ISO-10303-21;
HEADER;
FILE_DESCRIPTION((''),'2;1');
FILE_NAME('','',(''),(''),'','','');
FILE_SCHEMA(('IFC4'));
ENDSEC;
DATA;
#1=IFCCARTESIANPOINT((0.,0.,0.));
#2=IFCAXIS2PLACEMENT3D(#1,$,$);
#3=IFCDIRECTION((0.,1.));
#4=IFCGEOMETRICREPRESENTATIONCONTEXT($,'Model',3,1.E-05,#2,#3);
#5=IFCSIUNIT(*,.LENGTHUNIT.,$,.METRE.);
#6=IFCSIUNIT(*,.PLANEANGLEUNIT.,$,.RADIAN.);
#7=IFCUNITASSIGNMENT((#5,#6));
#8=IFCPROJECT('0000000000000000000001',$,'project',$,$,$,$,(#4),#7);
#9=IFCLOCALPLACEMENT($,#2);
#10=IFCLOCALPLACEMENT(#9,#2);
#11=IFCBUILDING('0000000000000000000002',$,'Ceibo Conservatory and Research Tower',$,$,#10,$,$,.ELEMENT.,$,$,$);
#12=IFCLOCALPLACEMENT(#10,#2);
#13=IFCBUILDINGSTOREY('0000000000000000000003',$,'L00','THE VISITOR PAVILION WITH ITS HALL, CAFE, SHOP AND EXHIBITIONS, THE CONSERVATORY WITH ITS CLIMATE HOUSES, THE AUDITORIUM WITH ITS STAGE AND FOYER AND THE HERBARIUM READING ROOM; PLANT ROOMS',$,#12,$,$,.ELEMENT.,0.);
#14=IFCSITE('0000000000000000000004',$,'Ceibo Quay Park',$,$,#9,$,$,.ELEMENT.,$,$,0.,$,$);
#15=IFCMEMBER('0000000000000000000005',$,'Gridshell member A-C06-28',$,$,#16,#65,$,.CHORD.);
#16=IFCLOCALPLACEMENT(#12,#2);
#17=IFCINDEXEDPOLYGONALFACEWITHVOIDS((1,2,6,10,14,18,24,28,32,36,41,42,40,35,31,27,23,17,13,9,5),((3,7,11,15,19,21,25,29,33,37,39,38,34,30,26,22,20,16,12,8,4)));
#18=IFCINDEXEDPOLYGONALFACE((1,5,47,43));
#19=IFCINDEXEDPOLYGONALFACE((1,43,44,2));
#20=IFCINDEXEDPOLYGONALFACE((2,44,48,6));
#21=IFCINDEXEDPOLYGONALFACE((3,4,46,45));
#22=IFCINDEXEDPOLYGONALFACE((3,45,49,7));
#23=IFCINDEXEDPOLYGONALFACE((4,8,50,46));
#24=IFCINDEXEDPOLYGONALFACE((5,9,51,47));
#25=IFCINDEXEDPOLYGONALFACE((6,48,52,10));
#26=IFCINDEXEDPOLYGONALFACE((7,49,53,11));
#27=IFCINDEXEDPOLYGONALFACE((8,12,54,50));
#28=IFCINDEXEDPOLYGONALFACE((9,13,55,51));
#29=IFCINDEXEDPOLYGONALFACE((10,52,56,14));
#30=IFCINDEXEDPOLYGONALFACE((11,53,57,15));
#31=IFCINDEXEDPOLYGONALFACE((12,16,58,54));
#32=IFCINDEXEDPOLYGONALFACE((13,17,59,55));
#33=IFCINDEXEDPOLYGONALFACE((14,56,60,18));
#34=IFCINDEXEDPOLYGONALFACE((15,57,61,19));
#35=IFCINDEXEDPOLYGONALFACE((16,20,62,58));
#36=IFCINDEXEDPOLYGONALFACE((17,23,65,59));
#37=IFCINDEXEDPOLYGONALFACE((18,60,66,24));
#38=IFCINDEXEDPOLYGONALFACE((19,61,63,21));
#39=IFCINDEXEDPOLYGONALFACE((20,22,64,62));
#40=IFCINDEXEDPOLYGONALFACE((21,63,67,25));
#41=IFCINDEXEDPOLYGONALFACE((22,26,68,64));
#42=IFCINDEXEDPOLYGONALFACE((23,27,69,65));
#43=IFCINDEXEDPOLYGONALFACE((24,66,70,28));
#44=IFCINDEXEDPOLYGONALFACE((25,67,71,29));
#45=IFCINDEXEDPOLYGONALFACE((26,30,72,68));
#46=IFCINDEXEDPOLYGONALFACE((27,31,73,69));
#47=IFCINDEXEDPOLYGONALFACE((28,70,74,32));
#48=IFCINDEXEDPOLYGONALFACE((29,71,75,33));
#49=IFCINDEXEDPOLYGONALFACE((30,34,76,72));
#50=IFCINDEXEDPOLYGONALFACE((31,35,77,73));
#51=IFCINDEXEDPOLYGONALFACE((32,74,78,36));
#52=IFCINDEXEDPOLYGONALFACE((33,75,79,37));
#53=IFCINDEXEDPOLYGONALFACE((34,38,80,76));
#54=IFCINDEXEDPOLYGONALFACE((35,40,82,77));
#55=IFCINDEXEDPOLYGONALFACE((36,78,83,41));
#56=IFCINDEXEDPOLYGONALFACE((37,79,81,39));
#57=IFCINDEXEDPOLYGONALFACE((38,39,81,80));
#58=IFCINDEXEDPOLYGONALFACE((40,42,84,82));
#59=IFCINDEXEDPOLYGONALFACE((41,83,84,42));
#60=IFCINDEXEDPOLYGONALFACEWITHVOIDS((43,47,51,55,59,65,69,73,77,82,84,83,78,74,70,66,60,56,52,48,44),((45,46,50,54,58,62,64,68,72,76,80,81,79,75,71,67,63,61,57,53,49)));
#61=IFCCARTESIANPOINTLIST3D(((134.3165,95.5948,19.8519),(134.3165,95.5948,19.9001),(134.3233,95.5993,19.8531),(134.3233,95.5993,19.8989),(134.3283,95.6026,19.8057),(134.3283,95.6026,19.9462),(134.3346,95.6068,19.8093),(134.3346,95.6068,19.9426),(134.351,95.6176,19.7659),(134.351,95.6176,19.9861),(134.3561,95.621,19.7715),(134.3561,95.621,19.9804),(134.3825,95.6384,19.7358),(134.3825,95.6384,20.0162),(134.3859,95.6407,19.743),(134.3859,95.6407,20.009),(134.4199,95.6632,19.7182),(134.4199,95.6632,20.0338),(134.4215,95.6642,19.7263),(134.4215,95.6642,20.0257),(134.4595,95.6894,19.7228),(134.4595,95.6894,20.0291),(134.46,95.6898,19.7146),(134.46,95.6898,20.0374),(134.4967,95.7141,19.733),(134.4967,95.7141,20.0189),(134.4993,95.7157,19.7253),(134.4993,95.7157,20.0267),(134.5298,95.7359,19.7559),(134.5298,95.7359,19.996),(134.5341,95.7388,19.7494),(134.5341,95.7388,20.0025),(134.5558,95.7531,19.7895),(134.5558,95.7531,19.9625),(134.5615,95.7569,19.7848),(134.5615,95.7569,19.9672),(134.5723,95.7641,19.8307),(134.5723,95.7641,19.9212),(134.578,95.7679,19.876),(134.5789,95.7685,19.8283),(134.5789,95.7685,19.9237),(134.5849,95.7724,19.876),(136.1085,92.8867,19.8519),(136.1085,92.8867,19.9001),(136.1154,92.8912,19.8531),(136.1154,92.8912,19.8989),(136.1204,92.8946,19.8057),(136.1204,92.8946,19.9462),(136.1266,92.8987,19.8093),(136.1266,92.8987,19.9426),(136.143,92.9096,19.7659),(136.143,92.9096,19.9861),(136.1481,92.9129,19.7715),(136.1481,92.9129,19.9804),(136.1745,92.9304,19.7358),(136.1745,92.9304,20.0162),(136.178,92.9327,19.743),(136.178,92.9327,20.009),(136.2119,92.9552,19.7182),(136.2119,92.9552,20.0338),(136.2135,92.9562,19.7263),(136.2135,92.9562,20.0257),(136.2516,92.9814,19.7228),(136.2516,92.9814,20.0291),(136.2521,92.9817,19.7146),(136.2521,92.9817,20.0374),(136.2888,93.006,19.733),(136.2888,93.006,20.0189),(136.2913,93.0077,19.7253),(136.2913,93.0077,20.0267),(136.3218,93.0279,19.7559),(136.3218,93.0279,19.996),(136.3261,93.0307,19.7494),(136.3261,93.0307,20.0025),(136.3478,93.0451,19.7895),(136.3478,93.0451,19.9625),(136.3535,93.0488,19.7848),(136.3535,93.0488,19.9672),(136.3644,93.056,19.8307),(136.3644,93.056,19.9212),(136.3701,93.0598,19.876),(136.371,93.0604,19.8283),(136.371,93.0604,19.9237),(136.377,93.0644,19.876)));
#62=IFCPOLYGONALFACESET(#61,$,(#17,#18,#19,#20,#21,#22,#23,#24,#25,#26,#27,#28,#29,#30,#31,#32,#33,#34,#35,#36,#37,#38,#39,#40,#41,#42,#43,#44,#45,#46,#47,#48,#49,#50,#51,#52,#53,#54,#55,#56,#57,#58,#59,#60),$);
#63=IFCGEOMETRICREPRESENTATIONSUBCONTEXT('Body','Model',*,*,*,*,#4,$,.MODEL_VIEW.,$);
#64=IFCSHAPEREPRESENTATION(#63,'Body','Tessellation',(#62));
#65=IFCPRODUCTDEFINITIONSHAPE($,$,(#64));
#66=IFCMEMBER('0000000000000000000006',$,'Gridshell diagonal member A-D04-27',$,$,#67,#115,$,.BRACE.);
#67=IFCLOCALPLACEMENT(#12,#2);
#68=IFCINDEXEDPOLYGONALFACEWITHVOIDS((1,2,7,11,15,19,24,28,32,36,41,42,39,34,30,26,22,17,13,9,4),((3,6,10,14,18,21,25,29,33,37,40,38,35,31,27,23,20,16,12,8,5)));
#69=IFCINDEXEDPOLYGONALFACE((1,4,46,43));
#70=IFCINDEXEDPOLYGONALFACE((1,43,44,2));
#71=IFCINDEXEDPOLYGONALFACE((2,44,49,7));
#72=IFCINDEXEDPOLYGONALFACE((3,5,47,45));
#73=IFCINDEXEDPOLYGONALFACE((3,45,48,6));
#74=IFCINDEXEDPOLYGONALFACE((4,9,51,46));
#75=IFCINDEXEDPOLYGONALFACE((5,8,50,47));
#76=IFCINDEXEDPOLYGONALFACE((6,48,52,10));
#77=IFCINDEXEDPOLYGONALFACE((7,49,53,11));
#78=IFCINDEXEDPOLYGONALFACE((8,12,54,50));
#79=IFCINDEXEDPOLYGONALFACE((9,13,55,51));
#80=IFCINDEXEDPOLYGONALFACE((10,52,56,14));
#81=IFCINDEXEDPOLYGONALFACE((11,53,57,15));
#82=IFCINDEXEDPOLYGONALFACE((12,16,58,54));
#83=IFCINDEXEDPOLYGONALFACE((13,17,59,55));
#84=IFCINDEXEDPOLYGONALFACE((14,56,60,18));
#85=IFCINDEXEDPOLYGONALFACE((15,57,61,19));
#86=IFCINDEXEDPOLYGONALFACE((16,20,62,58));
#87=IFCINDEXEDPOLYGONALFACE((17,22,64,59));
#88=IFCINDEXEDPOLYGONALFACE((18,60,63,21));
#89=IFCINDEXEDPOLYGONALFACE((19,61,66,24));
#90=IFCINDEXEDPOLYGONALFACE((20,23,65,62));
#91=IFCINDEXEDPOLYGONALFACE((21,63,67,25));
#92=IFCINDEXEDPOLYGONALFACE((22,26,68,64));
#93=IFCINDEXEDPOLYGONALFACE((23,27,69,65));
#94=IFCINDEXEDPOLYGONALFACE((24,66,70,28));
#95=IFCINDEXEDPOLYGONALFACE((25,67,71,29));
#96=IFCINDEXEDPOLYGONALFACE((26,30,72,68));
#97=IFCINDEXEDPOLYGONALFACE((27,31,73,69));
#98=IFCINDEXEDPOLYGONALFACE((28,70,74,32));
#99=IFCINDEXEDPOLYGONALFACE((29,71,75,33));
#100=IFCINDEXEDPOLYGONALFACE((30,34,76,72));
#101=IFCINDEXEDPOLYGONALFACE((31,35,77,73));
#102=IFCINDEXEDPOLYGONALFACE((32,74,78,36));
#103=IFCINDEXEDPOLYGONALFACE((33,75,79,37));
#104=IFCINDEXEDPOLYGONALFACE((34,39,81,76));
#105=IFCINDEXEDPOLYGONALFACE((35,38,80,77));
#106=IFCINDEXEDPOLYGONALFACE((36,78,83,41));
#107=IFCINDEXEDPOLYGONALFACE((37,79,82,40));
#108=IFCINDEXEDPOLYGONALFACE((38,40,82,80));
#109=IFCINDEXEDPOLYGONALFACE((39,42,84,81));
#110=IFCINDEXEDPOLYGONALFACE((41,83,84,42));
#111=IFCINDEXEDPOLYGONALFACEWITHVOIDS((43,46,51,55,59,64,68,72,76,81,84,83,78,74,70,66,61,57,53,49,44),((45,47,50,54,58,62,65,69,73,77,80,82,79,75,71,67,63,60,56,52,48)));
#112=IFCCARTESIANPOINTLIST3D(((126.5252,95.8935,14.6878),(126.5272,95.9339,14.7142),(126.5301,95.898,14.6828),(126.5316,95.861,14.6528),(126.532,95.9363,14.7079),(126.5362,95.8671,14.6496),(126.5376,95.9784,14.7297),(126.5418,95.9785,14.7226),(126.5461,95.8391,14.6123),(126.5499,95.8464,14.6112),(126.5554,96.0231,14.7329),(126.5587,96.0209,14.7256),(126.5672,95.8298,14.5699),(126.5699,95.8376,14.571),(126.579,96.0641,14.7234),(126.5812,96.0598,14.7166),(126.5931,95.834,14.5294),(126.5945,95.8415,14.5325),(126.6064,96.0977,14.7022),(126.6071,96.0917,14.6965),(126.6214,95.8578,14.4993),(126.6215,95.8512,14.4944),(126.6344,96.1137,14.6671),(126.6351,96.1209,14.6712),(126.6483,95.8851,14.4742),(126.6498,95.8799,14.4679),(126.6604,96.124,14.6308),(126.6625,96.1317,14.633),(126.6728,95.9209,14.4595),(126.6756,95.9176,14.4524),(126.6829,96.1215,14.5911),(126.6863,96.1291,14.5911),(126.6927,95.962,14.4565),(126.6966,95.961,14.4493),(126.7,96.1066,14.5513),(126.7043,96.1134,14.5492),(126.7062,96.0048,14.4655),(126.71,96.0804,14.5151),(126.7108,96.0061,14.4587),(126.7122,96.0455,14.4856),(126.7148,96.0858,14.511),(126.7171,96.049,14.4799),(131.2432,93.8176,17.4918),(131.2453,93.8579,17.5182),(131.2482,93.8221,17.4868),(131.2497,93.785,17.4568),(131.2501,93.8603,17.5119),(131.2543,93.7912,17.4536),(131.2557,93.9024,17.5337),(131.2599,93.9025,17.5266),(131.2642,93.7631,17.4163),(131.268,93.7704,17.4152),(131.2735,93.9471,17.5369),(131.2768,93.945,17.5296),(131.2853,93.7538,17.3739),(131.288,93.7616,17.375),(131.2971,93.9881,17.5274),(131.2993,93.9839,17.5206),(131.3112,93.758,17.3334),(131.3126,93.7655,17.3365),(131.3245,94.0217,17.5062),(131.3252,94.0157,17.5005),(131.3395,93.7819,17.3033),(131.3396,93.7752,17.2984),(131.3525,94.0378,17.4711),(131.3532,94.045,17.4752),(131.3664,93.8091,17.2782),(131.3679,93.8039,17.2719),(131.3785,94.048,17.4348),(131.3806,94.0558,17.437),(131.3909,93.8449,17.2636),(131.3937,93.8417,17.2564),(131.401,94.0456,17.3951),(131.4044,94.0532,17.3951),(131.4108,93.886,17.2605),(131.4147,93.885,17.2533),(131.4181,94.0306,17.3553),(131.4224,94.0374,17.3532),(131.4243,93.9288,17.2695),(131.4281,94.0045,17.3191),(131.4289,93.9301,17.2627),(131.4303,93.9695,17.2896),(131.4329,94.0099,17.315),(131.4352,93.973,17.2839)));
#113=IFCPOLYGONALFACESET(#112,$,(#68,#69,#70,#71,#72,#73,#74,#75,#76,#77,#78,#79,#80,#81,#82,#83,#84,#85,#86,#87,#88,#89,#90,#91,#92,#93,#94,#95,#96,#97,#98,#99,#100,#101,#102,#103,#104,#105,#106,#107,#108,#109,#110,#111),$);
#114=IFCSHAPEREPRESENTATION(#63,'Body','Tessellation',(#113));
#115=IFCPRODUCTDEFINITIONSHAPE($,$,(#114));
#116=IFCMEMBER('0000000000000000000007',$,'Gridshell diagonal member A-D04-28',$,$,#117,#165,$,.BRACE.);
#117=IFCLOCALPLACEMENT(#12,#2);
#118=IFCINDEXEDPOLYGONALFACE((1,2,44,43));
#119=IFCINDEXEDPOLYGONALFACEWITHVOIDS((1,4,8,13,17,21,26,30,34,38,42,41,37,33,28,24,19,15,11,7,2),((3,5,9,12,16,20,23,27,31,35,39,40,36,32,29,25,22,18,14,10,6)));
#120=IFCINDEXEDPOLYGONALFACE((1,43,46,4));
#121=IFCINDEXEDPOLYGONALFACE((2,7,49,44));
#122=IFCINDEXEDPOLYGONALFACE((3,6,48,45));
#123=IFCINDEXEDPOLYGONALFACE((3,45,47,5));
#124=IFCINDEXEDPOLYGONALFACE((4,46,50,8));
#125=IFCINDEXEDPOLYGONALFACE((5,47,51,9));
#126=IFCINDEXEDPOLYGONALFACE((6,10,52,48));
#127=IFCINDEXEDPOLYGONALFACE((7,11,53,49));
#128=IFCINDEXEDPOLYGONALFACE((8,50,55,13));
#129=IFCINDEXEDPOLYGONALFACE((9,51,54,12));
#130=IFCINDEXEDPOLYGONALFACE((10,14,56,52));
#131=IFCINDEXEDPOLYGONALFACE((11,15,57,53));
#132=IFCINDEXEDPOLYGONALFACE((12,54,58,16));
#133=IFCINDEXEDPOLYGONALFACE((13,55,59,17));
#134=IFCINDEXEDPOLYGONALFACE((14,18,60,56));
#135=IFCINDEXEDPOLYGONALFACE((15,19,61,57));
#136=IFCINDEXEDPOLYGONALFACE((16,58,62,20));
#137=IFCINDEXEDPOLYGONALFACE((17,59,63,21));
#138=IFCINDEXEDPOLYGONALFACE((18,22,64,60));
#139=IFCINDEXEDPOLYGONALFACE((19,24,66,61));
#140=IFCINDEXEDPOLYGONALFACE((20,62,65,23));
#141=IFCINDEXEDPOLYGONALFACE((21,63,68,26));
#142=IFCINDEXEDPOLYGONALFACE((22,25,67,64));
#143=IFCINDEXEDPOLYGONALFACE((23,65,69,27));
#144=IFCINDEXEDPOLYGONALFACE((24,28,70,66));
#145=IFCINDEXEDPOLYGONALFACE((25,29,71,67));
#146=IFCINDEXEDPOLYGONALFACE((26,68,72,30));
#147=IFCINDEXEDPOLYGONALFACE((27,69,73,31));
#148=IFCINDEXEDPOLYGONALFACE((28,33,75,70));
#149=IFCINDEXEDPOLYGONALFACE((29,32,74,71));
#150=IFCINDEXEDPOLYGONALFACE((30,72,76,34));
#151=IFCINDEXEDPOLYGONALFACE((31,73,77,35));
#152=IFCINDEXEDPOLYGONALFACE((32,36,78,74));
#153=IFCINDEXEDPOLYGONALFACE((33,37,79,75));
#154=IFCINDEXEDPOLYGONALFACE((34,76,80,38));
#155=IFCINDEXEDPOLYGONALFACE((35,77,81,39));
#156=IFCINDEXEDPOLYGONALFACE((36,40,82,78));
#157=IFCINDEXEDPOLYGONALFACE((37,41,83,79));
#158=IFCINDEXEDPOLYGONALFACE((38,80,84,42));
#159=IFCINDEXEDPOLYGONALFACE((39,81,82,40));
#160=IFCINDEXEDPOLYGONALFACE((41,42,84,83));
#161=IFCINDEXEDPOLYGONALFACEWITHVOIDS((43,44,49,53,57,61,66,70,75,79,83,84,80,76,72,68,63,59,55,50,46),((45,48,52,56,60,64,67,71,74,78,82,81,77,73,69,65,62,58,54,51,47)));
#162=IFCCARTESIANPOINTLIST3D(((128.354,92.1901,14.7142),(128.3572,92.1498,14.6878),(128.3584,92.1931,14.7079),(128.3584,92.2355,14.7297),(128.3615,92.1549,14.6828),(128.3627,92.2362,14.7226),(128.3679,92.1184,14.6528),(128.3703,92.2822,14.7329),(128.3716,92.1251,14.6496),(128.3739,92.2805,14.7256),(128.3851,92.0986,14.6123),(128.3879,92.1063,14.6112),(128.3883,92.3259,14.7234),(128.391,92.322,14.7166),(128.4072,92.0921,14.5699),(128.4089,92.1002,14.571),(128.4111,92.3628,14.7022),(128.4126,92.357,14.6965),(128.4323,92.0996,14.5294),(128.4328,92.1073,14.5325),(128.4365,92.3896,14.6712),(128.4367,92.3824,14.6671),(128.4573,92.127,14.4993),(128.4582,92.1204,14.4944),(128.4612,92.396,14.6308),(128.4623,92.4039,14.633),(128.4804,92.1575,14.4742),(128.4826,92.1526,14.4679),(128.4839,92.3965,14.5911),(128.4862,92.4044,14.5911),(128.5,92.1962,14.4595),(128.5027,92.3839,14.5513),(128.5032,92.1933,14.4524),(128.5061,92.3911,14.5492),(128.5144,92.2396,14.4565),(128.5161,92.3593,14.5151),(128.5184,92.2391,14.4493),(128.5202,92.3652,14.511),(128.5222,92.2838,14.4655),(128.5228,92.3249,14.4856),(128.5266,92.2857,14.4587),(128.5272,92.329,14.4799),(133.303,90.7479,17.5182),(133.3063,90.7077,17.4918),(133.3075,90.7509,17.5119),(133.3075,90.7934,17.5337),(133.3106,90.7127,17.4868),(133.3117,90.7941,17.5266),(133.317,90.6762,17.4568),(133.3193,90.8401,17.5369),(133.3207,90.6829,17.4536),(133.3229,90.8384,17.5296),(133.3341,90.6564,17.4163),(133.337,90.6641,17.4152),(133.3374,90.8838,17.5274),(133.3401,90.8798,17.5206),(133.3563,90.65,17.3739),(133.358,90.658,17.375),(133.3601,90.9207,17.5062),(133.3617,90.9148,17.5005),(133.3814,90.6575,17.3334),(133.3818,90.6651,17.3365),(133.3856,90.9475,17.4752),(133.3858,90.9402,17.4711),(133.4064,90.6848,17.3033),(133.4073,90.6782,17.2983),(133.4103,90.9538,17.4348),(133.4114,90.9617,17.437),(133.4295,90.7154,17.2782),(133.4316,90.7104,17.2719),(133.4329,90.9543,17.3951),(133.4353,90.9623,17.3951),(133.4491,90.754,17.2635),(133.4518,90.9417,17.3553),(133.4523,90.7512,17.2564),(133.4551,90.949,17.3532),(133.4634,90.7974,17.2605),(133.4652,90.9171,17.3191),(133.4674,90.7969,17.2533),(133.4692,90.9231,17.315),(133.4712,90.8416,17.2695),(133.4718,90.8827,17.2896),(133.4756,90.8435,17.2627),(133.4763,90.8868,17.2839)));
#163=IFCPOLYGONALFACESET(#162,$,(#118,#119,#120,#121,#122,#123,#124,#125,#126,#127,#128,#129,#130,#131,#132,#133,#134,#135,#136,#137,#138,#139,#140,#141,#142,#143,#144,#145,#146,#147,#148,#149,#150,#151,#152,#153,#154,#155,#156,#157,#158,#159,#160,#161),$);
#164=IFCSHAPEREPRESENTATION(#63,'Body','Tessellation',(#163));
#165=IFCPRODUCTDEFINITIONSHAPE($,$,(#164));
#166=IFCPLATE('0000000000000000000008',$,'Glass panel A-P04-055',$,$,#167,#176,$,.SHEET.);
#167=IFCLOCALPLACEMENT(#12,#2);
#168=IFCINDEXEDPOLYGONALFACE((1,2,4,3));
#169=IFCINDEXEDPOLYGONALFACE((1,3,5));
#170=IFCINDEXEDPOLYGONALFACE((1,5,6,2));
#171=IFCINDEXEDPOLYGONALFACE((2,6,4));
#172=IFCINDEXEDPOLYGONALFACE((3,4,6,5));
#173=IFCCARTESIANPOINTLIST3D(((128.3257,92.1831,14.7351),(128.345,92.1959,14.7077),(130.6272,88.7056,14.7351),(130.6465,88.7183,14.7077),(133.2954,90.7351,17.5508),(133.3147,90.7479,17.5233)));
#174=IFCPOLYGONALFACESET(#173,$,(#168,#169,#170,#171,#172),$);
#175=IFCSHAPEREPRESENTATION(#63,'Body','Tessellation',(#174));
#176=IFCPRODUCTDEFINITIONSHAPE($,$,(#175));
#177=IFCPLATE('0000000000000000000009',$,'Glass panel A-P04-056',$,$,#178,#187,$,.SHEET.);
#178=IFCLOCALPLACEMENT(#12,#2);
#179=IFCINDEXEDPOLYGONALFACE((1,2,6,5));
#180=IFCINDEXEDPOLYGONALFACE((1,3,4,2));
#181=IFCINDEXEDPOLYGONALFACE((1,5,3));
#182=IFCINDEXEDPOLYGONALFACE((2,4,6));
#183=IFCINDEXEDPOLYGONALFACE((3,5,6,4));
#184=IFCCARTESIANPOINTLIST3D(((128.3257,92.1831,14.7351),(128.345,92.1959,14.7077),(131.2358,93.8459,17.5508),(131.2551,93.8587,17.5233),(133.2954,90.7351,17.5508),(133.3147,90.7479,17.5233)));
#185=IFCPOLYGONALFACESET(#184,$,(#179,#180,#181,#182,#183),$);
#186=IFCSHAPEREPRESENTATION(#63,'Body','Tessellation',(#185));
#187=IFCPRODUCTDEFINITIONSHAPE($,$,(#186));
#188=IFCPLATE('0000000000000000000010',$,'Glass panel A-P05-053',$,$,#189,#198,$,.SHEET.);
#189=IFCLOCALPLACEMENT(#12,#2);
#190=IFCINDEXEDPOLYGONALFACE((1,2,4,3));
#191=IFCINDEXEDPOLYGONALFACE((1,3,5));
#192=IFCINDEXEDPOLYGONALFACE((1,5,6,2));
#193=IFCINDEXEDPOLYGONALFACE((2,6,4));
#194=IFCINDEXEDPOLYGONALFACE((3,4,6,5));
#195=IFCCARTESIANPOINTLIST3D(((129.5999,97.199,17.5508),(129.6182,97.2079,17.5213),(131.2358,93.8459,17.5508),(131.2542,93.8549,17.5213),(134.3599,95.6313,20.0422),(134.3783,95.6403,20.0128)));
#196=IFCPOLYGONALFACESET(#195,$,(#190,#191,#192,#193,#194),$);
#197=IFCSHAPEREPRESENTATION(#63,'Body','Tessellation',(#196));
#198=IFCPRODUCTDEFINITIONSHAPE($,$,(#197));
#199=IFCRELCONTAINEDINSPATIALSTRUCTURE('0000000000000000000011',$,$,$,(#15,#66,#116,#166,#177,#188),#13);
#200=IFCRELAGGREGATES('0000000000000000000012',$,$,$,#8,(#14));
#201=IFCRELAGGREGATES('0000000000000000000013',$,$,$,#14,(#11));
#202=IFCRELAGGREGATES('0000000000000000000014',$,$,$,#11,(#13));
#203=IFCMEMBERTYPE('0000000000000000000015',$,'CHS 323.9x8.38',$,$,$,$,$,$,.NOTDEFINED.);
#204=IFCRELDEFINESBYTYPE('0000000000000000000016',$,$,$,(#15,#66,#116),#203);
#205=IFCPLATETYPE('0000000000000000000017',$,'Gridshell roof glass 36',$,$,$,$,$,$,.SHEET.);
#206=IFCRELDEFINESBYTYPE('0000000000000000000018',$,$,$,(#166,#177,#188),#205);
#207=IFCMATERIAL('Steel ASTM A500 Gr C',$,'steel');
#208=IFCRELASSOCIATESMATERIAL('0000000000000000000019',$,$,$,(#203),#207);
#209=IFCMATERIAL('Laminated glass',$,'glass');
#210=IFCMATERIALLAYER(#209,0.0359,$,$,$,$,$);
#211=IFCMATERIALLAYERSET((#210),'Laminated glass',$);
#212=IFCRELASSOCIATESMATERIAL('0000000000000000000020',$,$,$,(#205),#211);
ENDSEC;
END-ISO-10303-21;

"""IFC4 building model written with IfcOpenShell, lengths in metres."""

from ifc_helpers import new_model, si_unit, direction, frame, origin, origin_2d, place, context, subcontext, project, spatial, polyline, hollow_circle, outline, extrude, material, layer, layer_set, material_profile, profile_set, type_object, element, save


model = new_model("IFC4")

# Units and contexts
model_context = context("Model", 3, precision=1e-05, world=origin(), true_north=direction((0.0, 1.0)))
body_context = subcontext(model_context, "Body", "Model", "MODEL_VIEW")
ifc_project = project(units=[si_unit("LENGTHUNIT", "METRE"), si_unit("PLANEANGLEUNIT", "RADIAN")], contexts=[model_context])

# Site, building, storey
site_placement = place(None, origin())
site = spatial("IfcSite", under=ifc_project, at=site_placement, Name="Ceibo Quay Park", CompositionType="ELEMENT", RefElevation=0.0)
building_placement = place(site_placement, origin())
building = spatial("IfcBuilding", under=site, at=building_placement, Name="Ceibo Conservatory and Research Tower", CompositionType="ELEMENT")
storey_placement = place(building_placement, origin())
storey = spatial("IfcBuildingStorey", under=building, at=storey_placement, Name="L00", Description="THE VISITOR PAVILION WITH ITS HALL, CAFE, SHOP AND EXHIBITIONS, THE CONSERVATORY WITH ITS CLIMATE HOUSES, THE AUDITORIUM WITH ITS STAGE AND FOYER AND THE HERBARIUM READING ROOM; PLANT ROOMS", CompositionType="ELEMENT", Elevation=0.0)

# Members
ifc_material_1 = material(Name="Steel ASTM A500 Gr C", Category="steel")
ifc_material_profile_1 = material_profile(ifc_material_1, hollow_circle(Radius=0.1619, WallThickness=0.0083, at=origin_2d()), Name="CHS 323.9x8.38")
ifc_profile_set_1 = profile_set([ifc_material_profile_1], Name="Steel ASTM A500 Gr C")
member_type_1 = type_object("IfcMemberType", Name="CHS 323.9x8.38", PredefinedType="NOTDEFINED", material=ifc_profile_set_1)
member_1_placement = place(storey_placement, frame((134.45, 95.6831, 19.876), z_axis=(0.551852, -0.833942, 0.0), x_axis=(0.833942, 0.551852, 0.0)))
element("IfcMember", 1, at=member_1_placement, inside=storey, type_object=member_type_1, Name="Gridshell member A-C06-28", PredefinedType="CHORD", context=body_context, shape_type="SweptSolid", body=[
    extrude(hollow_circle(Radius=0.1619, WallThickness=0.0083, at=origin_2d()), origin(), (0.0, 0.0, 1.0), 3.2473),
])
member_2_placement = place(storey_placement, frame((126.6211, 95.981, 14.5911), z_axis=(0.804049, -0.353782, 0.477853), x_axis=(0.402739, 0.915315, 0.0)))
element("IfcMember", 2, at=member_2_placement, inside=storey, type_object=member_type_1, Name="Gridshell diagonal member A-D04-27", PredefinedType="BRACE", context=body_context, shape_type="SweptSolid", body=[
    extrude(hollow_circle(Radius=0.1619, WallThickness=0.0083, at=origin_2d()), origin(), (0.0, 0.0, 1.0), 5.8679),
])
member_3_placement = place(storey_placement, frame((128.4409, 92.249, 14.5911), z_axis=(0.843373, -0.24576, 0.477832), x_axis=(0.279765, 0.960068, 0.0)))
element("IfcMember", 3, at=member_3_placement, inside=storey, type_object=member_type_1, Name="Gridshell diagonal member A-D04-28", PredefinedType="BRACE", context=body_context, shape_type="SweptSolid", body=[
    extrude(hollow_circle(Radius=0.1619, WallThickness=0.0083, at=origin_2d()), origin(), (0.0, 0.0, 1.0), 5.8682),
])

# Plates
ifc_material_2 = material(Name="Laminated glass", Category="glass")
ifc_layer = layer(ifc_material_2, 0.0359)
ifc_layer_set = layer_set([ifc_layer], Name="Laminated glass")
plate_type = type_object("IfcPlateType", Name="Gridshell roof glass 36", PredefinedType="SHEET", material=ifc_layer_set)
plate_1_placement = place(storey_placement, frame((128.3257, 92.1831, 14.7351), z_axis=(-0.537006, -0.355403, 0.765057), x_axis=(0.5519, -0.83391, 0.0)))
element("IfcPlate", 4, at=plate_1_placement, inside=storey, type_object=plate_type, Name="Glass panel A-P04-055", PredefinedType="SHEET", context=body_context, shape_type="SweptSolid", body=[
    extrude(outline(polyline([(0.0, 0.0), (4.1702, 0.0), (3.9503, 4.3724), (0.0, 0.0)])), origin(), (0.0, 0.0, -1.0), 0.0359),
])
plate_2_placement = place(storey_placement, frame((128.3257, 92.1831, 14.7351), z_axis=(-0.537009, -0.355534, 0.764995), x_axis=(0.843382, -0.245731, 0.477831)))
element("IfcPlate", 5, at=plate_2_placement, inside=storey, type_object=plate_type, Name="Glass panel A-P04-056", PredefinedType="SHEET", context=body_context, shape_type="SweptSolid", body=[
    extrude(outline(polyline([(0.0, 0.0), (5.8926, 0.0), (3.3912, 2.768), (0.0, 0.0)])), origin(), (0.0, 0.0, -1.0), 0.0359),
])
plate_3_placement = place(storey_placement, frame((129.5999, 97.199, 17.5508), z_axis=(-0.512356, -0.249985, 0.821583), x_axis=(0.438502, -0.89873, 0.0)))
element("IfcPlate", 6, at=plate_3_placement, inside=storey, type_object=plate_type, Name="Glass panel A-P05-053", PredefinedType="SHEET", context=body_context, shape_type="SweptSolid", body=[
    extrude(outline(polyline([(0.0, 0.0), (3.7309, 0.0), (3.4961, 4.3703), (0.0, 0.0)])), origin(), (0.0, 0.0, -1.0), 0.0359),
])

save(model, "model.ifc")
